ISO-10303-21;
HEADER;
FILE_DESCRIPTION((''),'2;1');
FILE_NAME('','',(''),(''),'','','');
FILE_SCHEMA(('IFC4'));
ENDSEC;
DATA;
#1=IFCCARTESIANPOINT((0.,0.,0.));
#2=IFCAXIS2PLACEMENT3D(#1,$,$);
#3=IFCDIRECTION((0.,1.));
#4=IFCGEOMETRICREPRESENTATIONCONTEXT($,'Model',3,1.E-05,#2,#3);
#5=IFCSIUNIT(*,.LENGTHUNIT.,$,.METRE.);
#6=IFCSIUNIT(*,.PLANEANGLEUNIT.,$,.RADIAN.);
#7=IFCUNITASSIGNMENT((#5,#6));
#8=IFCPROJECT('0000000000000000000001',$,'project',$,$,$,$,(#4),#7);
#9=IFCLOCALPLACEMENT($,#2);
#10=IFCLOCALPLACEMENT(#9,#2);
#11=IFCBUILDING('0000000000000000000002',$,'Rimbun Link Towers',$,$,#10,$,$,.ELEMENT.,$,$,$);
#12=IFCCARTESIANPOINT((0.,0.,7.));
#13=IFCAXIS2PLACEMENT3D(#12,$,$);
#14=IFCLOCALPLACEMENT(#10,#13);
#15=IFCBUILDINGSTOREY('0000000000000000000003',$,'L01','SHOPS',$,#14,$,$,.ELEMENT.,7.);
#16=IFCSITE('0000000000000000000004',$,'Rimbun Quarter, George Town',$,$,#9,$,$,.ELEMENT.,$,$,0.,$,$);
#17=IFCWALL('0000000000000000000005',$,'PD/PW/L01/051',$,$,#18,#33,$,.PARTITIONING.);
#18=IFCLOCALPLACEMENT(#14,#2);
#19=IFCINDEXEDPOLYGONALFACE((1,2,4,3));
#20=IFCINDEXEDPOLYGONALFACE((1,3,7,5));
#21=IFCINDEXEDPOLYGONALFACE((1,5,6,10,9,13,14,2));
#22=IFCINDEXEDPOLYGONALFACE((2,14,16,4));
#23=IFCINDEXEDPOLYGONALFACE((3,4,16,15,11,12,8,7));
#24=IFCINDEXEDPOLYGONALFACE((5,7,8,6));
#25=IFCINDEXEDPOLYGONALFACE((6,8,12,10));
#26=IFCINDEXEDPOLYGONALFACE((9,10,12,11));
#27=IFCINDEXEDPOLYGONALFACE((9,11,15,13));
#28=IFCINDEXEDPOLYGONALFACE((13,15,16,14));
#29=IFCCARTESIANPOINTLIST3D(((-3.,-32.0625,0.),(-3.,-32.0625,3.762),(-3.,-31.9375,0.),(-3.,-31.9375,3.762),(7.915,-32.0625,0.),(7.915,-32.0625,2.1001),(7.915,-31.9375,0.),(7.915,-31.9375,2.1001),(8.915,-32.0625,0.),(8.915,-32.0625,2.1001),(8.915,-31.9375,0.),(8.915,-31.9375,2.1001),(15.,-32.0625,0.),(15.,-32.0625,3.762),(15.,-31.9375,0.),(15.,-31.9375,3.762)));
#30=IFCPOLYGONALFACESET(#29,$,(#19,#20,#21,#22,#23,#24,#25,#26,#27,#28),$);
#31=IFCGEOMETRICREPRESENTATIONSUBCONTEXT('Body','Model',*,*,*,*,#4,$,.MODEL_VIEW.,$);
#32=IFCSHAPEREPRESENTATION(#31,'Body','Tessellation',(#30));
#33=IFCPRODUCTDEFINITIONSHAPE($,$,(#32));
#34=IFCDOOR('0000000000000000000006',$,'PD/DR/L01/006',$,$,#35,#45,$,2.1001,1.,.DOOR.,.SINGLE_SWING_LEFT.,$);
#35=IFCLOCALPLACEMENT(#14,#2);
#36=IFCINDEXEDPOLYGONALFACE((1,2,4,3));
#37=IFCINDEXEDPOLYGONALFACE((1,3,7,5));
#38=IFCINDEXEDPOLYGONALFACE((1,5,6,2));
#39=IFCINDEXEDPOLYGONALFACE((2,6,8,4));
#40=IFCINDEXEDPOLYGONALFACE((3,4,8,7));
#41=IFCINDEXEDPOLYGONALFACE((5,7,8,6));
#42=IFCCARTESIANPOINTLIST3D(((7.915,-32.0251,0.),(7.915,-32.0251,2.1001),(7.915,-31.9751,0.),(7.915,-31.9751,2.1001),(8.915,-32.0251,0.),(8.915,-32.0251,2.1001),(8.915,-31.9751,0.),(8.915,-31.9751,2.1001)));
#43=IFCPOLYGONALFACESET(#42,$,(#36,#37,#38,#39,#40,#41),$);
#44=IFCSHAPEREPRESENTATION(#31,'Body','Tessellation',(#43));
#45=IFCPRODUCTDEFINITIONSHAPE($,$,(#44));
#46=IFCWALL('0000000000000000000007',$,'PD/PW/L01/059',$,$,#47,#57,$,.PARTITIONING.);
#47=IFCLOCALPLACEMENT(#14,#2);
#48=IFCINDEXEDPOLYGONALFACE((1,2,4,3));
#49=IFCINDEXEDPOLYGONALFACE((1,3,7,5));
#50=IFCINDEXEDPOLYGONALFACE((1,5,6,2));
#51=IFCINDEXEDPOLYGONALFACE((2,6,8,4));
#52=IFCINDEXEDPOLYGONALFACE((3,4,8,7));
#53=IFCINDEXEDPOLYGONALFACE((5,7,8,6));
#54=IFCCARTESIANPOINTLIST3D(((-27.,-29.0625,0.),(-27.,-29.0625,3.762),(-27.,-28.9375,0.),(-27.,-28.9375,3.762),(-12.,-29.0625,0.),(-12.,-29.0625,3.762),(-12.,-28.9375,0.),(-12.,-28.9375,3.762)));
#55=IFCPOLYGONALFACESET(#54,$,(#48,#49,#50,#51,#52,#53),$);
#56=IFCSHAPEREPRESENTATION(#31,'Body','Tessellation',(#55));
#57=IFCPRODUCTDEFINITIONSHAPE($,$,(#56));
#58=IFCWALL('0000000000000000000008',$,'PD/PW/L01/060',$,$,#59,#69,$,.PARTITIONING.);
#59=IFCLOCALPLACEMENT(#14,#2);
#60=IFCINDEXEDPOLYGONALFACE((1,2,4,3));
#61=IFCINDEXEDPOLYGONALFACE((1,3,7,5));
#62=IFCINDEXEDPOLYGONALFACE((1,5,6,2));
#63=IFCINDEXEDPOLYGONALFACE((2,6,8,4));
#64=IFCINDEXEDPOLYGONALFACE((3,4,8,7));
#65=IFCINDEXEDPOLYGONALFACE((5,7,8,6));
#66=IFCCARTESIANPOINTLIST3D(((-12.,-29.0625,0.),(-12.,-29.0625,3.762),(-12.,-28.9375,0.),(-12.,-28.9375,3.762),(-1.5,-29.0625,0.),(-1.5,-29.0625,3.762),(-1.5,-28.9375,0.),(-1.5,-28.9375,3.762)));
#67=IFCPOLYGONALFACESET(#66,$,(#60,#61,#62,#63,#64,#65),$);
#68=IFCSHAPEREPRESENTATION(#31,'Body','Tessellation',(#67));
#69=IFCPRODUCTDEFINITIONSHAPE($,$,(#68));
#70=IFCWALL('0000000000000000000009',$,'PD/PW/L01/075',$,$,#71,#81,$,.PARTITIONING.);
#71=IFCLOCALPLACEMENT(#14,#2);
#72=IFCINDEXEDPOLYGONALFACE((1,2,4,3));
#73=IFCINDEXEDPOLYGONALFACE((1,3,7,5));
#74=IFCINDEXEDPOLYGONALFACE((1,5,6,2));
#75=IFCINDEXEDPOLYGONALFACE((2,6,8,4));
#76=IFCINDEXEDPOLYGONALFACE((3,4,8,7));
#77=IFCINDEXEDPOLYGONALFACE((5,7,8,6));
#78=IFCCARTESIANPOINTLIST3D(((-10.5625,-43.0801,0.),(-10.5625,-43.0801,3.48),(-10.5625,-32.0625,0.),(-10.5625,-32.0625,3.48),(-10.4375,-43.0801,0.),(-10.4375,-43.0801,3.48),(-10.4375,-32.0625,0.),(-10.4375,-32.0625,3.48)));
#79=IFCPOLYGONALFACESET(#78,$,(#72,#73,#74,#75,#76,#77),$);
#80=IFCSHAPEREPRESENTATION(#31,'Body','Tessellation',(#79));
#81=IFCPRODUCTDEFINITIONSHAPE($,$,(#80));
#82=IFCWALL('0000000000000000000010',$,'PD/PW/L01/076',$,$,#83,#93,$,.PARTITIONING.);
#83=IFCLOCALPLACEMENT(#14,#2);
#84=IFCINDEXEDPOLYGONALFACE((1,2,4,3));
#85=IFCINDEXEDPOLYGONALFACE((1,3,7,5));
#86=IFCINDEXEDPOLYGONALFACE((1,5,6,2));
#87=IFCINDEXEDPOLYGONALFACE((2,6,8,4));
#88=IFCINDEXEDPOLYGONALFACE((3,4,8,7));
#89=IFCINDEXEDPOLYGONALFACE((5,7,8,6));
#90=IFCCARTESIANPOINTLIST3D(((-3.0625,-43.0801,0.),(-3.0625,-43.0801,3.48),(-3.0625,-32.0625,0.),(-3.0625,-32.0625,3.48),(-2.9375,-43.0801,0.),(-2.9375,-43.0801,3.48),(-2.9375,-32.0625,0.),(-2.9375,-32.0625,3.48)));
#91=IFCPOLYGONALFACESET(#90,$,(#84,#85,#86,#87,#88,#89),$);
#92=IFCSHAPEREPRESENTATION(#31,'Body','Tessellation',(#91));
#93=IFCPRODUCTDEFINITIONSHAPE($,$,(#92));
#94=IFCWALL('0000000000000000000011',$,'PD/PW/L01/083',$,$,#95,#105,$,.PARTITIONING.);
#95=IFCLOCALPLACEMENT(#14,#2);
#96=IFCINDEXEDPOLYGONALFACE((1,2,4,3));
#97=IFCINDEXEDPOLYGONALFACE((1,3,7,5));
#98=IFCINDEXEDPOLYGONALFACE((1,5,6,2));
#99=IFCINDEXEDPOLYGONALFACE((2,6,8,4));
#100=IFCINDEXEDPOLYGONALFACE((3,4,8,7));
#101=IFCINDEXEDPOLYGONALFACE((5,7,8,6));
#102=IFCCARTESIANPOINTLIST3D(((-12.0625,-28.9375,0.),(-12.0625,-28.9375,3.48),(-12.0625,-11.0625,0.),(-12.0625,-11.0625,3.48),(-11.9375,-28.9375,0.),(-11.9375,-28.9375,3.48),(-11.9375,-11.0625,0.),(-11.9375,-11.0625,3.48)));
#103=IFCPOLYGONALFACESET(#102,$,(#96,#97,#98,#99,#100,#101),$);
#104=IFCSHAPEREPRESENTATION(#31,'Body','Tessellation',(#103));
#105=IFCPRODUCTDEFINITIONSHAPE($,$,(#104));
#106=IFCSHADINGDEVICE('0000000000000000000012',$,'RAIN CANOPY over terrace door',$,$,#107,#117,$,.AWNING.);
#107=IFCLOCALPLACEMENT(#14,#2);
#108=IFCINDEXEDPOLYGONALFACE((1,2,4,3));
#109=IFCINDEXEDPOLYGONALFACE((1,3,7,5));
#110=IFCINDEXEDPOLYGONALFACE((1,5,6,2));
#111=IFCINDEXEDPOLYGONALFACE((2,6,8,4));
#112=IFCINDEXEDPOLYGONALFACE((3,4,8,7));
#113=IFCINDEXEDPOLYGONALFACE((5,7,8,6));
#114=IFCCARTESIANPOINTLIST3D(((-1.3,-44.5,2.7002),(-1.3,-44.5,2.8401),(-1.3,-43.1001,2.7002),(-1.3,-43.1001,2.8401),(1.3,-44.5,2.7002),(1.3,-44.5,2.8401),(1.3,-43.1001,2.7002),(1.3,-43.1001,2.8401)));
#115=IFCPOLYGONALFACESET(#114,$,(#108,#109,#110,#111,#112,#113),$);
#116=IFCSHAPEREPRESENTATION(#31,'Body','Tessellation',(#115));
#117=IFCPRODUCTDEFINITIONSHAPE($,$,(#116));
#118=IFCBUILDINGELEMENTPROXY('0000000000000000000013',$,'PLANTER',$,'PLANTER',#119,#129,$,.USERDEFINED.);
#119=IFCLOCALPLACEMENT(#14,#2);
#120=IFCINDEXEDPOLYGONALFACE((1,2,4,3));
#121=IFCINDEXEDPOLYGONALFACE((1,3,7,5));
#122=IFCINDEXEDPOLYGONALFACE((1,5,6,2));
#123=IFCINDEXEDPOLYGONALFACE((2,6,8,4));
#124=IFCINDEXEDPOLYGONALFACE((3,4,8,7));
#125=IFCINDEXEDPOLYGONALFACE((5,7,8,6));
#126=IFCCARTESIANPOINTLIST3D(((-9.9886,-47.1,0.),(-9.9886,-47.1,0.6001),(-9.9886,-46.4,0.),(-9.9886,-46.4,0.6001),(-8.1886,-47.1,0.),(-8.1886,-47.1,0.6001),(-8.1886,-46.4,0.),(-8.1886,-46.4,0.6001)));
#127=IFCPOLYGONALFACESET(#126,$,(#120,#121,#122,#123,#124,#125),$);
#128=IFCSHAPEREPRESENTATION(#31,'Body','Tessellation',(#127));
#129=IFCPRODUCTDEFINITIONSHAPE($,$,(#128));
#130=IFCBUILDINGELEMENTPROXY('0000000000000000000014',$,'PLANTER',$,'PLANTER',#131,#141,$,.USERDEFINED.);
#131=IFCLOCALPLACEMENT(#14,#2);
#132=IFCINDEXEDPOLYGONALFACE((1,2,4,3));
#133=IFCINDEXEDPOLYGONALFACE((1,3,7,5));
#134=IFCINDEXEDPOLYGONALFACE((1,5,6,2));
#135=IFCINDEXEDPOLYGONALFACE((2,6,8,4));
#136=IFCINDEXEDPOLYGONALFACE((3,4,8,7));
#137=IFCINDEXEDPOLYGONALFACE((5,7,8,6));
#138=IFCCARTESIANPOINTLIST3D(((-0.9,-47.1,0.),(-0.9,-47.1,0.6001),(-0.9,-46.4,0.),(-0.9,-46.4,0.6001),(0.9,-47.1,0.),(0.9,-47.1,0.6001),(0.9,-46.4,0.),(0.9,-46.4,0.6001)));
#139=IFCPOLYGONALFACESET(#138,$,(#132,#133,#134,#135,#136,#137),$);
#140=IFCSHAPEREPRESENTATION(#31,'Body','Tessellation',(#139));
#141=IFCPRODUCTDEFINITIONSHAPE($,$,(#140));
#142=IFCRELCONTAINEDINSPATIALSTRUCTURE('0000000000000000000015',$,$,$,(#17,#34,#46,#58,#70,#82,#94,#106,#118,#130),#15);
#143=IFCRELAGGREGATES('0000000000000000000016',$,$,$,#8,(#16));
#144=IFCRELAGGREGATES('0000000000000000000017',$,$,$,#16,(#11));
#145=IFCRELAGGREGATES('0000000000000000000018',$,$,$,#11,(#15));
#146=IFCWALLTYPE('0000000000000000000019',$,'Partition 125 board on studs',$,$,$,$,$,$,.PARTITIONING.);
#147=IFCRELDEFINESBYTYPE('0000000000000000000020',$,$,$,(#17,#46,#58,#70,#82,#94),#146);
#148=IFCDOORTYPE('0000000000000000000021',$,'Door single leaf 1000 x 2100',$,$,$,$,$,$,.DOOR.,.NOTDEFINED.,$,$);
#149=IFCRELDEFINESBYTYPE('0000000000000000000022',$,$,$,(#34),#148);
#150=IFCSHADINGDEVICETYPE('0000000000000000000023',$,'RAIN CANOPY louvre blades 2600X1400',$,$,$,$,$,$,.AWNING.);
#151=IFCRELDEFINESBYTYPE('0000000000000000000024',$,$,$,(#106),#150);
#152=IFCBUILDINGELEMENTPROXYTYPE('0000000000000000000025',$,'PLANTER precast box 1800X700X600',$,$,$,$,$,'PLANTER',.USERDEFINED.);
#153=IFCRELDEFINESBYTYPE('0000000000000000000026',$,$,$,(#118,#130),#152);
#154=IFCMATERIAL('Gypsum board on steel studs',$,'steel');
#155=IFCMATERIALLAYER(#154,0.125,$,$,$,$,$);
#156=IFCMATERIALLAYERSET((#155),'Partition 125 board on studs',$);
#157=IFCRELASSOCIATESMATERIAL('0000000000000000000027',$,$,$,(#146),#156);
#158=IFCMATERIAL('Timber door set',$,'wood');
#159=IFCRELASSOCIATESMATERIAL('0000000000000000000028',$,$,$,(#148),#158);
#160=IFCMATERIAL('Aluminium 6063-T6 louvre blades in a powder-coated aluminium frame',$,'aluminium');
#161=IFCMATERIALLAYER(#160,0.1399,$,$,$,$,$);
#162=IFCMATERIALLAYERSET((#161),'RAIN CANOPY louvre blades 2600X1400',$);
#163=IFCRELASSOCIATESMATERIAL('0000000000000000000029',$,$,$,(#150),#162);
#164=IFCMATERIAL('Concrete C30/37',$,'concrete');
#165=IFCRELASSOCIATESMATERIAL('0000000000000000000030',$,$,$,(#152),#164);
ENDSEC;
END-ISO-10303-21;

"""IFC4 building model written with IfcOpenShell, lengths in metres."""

from ifc_helpers import new_model, si_unit, direction, frame, frame_2d, origin, origin_2d, place, context, subcontext, project, spatial, rectangle, extrude, material, layer, layer_set, type_object, element, fill, save


model = new_model("IFC4")

# Units and contexts
model_context = context("Model", 3, precision=1e-05, world=origin(), true_north=direction((0.0, 1.0)))
body_context = subcontext(model_context, "Body", "Model", "MODEL_VIEW")
ifc_project = project(units=[si_unit("LENGTHUNIT", "METRE"), si_unit("PLANEANGLEUNIT", "RADIAN")], contexts=[model_context])

# Site, building, storey
site_placement = place(None, origin())
site = spatial("IfcSite", under=ifc_project, at=site_placement, Name="Rimbun Quarter, George Town", CompositionType="ELEMENT", RefElevation=0.0)
building_placement = place(site_placement, origin())
building = spatial("IfcBuilding", under=site, at=building_placement, Name="Rimbun Link Towers", CompositionType="ELEMENT")
storey_placement = place(building_placement, frame((0.0, 0.0, 7.0)))
storey = spatial("IfcBuildingStorey", under=building, at=storey_placement, Name="L01", Description="SHOPS", CompositionType="ELEMENT", Elevation=7.0)

# Wall, opening, door
ifc_material_1 = material(Name="Gypsum board on steel studs", Category="steel")
ifc_layer_1 = layer(ifc_material_1, 0.125)
ifc_layer_set_1 = layer_set([ifc_layer_1], Name="Partition 125 board on studs")
wall_type_1 = type_object("IfcWallType", Name="Partition 125 board on studs", PredefinedType="PARTITIONING", material=ifc_layer_set_1)
ifc_material_2 = material(Name="Timber door set", Category="wood")
door_type = type_object("IfcDoorType", Name="Door single leaf 1000 x 2100", OperationType="NOTDEFINED", PredefinedType="DOOR", material=ifc_material_2)
wall_1_placement = place(storey_placement, frame((-3.0, -32.0, 0.0), z_axis=(0.0, 0.0, 1.0), x_axis=(1.0, 0.0, 0.0)))
wall_1 = element("IfcWall", 1, at=wall_1_placement, inside=storey, type_object=wall_type_1, Name="PD/PW/L01/051", PredefinedType="PARTITIONING", context=body_context, shape_type="SweptSolid", body=[
    extrude(rectangle(XDim=18.0, YDim=0.125, at=frame_2d((9.0, 0.0))), origin(), (0.0, 0.0, 1.0), 3.762),
])
opening_1_placement = place(wall_1_placement, frame((10.915, 0.0, 0.0)))
opening_1 = element("IfcOpeningElement", 2, at=opening_1_placement, cuts=wall_1, PredefinedType="OPENING", context=body_context, shape_type="SweptSolid", body=[
    extrude(rectangle(XDim=1.0, YDim=2.1001, at=frame_2d((0.5, 1.05))), frame((0.0, 0.0725, 0.0), z_axis=(0.0, -1.0, 0.0), x_axis=(1.0, 0.0, 0.0)), (0.0, 0.0, 1.0), 0.145),
])
door_1_placement = place(opening_1_placement, origin())
door_1 = element("IfcDoor", 3, at=door_1_placement, inside=storey, type_object=door_type, Name="PD/DR/L01/006", OperationType="SINGLE_SWING_LEFT", OverallHeight=2.1001, OverallWidth=1.0, PredefinedType="DOOR", context=body_context, shape_type="SweptSolid", body=[
    extrude(rectangle(XDim=1.0, YDim=2.1001, at=frame_2d((0.5, 1.05))), frame((0.0, 0.0249, 0.0), z_axis=(0.0, -1.0, 0.0), x_axis=(1.0, 0.0, 0.0)), (0.0, 0.0, 1.0), 0.05),
])
fill(opening_1, door_1)

# Walls
wall_2_placement = place(storey_placement, frame((-12.0, -29.0, 0.0), z_axis=(0.0, 0.0, 1.0), x_axis=(-1.0, 0.0, 0.0)))
element("IfcWall", 4, at=wall_2_placement, inside=storey, type_object=wall_type_1, Name="PD/PW/L01/059", PredefinedType="PARTITIONING", context=body_context, shape_type="SweptSolid", body=[
    extrude(rectangle(XDim=15.0, YDim=0.125, at=frame_2d((7.5, 0.0))), origin(), (0.0, 0.0, 1.0), 3.762),
])
wall_3_placement = place(storey_placement, frame((-1.5, -29.0, 0.0), z_axis=(0.0, 0.0, 1.0), x_axis=(-1.0, 0.0, 0.0)))
element("IfcWall", 5, at=wall_3_placement, inside=storey, type_object=wall_type_1, Name="PD/PW/L01/060", PredefinedType="PARTITIONING", context=body_context, shape_type="SweptSolid", body=[
    extrude(rectangle(XDim=10.5, YDim=0.125, at=frame_2d((5.25, 0.0))), origin(), (0.0, 0.0, 1.0), 3.762),
])
for number, where, z_axis, x_axis, name in (
    (6, (-10.5, -43.0801, 0.0), (0.0, 0.0, 1.0), (0.0, 1.0, 0.0), "PD/PW/L01/075"),
    (7, (-3.0, -43.0801, 0.0), (0.0, 0.0, 1.0), (0.0, 1.0, 0.0), "PD/PW/L01/076"),
):
    element("IfcWall", number, at=place(storey_placement, frame(where, z_axis=z_axis, x_axis=x_axis)), inside=storey, type_object=wall_type_1, Name=name, PredefinedType="PARTITIONING", context=body_context, shape_type="SweptSolid", body=[
        extrude(rectangle(XDim=11.0176, YDim=0.125, at=frame_2d((5.5088, 0.0))), origin(), (0.0, 0.0, 1.0), 3.48),
    ])
wall_4_placement = place(storey_placement, frame((-12.0, -28.9375, 0.0), z_axis=(0.0, 0.0, 1.0), x_axis=(0.0, 1.0, 0.0)))
element("IfcWall", 8, at=wall_4_placement, inside=storey, type_object=wall_type_1, Name="PD/PW/L01/083", PredefinedType="PARTITIONING", context=body_context, shape_type="SweptSolid", body=[
    extrude(rectangle(XDim=17.875, YDim=0.125, at=frame_2d((8.9375, 0.0))), origin(), (0.0, 0.0, 1.0), 3.48),
])

# Shading device
ifc_material_3 = material(Name="Aluminium 6063-T6 louvre blades in a powder-coated aluminium frame", Category="aluminium")
ifc_layer_2 = layer(ifc_material_3, 0.1399)
ifc_layer_set_2 = layer_set([ifc_layer_2], Name="RAIN CANOPY louvre blades 2600X1400")
shading_device_type = type_object("IfcShadingDeviceType", Name="RAIN CANOPY louvre blades 2600X1400", PredefinedType="AWNING", material=ifc_layer_set_2)
shading_device_placement = place(storey_placement, frame((0.0, -43.8, 2.7002), z_axis=(0.0, 0.0, 1.0), x_axis=(-1.0, 0.0, 0.0)))
element("IfcShadingDevice", 9, at=shading_device_placement, inside=storey, type_object=shading_device_type, Name="RAIN CANOPY over terrace door", PredefinedType="AWNING", context=body_context, shape_type="SweptSolid", body=[
    extrude(rectangle(XDim=2.6001, YDim=1.3999, at=origin_2d()), origin(), (0.0, 0.0, 1.0), 0.1399),
])

# Building element proxies
ifc_material_4 = material(Name="Concrete C30/37", Category="concrete")
building_element_proxy_type = type_object("IfcBuildingElementProxyType", Name="PLANTER precast box 1800X700X600", ElementType="PLANTER", PredefinedType="USERDEFINED", material=ifc_material_4)
for number, where, z_axis, x_axis, name in (
    (10, (-9.0886, -46.75, 0.0), (0.0, 0.0, 1.0), (1.0, 0.0, 0.0), "PLANTER"),
    (11, (0.0, -46.75, 0.0), (0.0, 0.0, 1.0), (1.0, 0.0, 0.0), "PLANTER"),
):
    element("IfcBuildingElementProxy", number, at=place(storey_placement, frame(where, z_axis=z_axis, x_axis=x_axis)), inside=storey, type_object=building_element_proxy_type, Name=name, ObjectType="PLANTER", PredefinedType="USERDEFINED", context=body_context, shape_type="SweptSolid", body=[
        extrude(rectangle(XDim=1.8, YDim=0.7, at=origin_2d()), origin(), (0.0, 0.0, 1.0), 0.6001),
    ])

save(model, "model.ifc")
